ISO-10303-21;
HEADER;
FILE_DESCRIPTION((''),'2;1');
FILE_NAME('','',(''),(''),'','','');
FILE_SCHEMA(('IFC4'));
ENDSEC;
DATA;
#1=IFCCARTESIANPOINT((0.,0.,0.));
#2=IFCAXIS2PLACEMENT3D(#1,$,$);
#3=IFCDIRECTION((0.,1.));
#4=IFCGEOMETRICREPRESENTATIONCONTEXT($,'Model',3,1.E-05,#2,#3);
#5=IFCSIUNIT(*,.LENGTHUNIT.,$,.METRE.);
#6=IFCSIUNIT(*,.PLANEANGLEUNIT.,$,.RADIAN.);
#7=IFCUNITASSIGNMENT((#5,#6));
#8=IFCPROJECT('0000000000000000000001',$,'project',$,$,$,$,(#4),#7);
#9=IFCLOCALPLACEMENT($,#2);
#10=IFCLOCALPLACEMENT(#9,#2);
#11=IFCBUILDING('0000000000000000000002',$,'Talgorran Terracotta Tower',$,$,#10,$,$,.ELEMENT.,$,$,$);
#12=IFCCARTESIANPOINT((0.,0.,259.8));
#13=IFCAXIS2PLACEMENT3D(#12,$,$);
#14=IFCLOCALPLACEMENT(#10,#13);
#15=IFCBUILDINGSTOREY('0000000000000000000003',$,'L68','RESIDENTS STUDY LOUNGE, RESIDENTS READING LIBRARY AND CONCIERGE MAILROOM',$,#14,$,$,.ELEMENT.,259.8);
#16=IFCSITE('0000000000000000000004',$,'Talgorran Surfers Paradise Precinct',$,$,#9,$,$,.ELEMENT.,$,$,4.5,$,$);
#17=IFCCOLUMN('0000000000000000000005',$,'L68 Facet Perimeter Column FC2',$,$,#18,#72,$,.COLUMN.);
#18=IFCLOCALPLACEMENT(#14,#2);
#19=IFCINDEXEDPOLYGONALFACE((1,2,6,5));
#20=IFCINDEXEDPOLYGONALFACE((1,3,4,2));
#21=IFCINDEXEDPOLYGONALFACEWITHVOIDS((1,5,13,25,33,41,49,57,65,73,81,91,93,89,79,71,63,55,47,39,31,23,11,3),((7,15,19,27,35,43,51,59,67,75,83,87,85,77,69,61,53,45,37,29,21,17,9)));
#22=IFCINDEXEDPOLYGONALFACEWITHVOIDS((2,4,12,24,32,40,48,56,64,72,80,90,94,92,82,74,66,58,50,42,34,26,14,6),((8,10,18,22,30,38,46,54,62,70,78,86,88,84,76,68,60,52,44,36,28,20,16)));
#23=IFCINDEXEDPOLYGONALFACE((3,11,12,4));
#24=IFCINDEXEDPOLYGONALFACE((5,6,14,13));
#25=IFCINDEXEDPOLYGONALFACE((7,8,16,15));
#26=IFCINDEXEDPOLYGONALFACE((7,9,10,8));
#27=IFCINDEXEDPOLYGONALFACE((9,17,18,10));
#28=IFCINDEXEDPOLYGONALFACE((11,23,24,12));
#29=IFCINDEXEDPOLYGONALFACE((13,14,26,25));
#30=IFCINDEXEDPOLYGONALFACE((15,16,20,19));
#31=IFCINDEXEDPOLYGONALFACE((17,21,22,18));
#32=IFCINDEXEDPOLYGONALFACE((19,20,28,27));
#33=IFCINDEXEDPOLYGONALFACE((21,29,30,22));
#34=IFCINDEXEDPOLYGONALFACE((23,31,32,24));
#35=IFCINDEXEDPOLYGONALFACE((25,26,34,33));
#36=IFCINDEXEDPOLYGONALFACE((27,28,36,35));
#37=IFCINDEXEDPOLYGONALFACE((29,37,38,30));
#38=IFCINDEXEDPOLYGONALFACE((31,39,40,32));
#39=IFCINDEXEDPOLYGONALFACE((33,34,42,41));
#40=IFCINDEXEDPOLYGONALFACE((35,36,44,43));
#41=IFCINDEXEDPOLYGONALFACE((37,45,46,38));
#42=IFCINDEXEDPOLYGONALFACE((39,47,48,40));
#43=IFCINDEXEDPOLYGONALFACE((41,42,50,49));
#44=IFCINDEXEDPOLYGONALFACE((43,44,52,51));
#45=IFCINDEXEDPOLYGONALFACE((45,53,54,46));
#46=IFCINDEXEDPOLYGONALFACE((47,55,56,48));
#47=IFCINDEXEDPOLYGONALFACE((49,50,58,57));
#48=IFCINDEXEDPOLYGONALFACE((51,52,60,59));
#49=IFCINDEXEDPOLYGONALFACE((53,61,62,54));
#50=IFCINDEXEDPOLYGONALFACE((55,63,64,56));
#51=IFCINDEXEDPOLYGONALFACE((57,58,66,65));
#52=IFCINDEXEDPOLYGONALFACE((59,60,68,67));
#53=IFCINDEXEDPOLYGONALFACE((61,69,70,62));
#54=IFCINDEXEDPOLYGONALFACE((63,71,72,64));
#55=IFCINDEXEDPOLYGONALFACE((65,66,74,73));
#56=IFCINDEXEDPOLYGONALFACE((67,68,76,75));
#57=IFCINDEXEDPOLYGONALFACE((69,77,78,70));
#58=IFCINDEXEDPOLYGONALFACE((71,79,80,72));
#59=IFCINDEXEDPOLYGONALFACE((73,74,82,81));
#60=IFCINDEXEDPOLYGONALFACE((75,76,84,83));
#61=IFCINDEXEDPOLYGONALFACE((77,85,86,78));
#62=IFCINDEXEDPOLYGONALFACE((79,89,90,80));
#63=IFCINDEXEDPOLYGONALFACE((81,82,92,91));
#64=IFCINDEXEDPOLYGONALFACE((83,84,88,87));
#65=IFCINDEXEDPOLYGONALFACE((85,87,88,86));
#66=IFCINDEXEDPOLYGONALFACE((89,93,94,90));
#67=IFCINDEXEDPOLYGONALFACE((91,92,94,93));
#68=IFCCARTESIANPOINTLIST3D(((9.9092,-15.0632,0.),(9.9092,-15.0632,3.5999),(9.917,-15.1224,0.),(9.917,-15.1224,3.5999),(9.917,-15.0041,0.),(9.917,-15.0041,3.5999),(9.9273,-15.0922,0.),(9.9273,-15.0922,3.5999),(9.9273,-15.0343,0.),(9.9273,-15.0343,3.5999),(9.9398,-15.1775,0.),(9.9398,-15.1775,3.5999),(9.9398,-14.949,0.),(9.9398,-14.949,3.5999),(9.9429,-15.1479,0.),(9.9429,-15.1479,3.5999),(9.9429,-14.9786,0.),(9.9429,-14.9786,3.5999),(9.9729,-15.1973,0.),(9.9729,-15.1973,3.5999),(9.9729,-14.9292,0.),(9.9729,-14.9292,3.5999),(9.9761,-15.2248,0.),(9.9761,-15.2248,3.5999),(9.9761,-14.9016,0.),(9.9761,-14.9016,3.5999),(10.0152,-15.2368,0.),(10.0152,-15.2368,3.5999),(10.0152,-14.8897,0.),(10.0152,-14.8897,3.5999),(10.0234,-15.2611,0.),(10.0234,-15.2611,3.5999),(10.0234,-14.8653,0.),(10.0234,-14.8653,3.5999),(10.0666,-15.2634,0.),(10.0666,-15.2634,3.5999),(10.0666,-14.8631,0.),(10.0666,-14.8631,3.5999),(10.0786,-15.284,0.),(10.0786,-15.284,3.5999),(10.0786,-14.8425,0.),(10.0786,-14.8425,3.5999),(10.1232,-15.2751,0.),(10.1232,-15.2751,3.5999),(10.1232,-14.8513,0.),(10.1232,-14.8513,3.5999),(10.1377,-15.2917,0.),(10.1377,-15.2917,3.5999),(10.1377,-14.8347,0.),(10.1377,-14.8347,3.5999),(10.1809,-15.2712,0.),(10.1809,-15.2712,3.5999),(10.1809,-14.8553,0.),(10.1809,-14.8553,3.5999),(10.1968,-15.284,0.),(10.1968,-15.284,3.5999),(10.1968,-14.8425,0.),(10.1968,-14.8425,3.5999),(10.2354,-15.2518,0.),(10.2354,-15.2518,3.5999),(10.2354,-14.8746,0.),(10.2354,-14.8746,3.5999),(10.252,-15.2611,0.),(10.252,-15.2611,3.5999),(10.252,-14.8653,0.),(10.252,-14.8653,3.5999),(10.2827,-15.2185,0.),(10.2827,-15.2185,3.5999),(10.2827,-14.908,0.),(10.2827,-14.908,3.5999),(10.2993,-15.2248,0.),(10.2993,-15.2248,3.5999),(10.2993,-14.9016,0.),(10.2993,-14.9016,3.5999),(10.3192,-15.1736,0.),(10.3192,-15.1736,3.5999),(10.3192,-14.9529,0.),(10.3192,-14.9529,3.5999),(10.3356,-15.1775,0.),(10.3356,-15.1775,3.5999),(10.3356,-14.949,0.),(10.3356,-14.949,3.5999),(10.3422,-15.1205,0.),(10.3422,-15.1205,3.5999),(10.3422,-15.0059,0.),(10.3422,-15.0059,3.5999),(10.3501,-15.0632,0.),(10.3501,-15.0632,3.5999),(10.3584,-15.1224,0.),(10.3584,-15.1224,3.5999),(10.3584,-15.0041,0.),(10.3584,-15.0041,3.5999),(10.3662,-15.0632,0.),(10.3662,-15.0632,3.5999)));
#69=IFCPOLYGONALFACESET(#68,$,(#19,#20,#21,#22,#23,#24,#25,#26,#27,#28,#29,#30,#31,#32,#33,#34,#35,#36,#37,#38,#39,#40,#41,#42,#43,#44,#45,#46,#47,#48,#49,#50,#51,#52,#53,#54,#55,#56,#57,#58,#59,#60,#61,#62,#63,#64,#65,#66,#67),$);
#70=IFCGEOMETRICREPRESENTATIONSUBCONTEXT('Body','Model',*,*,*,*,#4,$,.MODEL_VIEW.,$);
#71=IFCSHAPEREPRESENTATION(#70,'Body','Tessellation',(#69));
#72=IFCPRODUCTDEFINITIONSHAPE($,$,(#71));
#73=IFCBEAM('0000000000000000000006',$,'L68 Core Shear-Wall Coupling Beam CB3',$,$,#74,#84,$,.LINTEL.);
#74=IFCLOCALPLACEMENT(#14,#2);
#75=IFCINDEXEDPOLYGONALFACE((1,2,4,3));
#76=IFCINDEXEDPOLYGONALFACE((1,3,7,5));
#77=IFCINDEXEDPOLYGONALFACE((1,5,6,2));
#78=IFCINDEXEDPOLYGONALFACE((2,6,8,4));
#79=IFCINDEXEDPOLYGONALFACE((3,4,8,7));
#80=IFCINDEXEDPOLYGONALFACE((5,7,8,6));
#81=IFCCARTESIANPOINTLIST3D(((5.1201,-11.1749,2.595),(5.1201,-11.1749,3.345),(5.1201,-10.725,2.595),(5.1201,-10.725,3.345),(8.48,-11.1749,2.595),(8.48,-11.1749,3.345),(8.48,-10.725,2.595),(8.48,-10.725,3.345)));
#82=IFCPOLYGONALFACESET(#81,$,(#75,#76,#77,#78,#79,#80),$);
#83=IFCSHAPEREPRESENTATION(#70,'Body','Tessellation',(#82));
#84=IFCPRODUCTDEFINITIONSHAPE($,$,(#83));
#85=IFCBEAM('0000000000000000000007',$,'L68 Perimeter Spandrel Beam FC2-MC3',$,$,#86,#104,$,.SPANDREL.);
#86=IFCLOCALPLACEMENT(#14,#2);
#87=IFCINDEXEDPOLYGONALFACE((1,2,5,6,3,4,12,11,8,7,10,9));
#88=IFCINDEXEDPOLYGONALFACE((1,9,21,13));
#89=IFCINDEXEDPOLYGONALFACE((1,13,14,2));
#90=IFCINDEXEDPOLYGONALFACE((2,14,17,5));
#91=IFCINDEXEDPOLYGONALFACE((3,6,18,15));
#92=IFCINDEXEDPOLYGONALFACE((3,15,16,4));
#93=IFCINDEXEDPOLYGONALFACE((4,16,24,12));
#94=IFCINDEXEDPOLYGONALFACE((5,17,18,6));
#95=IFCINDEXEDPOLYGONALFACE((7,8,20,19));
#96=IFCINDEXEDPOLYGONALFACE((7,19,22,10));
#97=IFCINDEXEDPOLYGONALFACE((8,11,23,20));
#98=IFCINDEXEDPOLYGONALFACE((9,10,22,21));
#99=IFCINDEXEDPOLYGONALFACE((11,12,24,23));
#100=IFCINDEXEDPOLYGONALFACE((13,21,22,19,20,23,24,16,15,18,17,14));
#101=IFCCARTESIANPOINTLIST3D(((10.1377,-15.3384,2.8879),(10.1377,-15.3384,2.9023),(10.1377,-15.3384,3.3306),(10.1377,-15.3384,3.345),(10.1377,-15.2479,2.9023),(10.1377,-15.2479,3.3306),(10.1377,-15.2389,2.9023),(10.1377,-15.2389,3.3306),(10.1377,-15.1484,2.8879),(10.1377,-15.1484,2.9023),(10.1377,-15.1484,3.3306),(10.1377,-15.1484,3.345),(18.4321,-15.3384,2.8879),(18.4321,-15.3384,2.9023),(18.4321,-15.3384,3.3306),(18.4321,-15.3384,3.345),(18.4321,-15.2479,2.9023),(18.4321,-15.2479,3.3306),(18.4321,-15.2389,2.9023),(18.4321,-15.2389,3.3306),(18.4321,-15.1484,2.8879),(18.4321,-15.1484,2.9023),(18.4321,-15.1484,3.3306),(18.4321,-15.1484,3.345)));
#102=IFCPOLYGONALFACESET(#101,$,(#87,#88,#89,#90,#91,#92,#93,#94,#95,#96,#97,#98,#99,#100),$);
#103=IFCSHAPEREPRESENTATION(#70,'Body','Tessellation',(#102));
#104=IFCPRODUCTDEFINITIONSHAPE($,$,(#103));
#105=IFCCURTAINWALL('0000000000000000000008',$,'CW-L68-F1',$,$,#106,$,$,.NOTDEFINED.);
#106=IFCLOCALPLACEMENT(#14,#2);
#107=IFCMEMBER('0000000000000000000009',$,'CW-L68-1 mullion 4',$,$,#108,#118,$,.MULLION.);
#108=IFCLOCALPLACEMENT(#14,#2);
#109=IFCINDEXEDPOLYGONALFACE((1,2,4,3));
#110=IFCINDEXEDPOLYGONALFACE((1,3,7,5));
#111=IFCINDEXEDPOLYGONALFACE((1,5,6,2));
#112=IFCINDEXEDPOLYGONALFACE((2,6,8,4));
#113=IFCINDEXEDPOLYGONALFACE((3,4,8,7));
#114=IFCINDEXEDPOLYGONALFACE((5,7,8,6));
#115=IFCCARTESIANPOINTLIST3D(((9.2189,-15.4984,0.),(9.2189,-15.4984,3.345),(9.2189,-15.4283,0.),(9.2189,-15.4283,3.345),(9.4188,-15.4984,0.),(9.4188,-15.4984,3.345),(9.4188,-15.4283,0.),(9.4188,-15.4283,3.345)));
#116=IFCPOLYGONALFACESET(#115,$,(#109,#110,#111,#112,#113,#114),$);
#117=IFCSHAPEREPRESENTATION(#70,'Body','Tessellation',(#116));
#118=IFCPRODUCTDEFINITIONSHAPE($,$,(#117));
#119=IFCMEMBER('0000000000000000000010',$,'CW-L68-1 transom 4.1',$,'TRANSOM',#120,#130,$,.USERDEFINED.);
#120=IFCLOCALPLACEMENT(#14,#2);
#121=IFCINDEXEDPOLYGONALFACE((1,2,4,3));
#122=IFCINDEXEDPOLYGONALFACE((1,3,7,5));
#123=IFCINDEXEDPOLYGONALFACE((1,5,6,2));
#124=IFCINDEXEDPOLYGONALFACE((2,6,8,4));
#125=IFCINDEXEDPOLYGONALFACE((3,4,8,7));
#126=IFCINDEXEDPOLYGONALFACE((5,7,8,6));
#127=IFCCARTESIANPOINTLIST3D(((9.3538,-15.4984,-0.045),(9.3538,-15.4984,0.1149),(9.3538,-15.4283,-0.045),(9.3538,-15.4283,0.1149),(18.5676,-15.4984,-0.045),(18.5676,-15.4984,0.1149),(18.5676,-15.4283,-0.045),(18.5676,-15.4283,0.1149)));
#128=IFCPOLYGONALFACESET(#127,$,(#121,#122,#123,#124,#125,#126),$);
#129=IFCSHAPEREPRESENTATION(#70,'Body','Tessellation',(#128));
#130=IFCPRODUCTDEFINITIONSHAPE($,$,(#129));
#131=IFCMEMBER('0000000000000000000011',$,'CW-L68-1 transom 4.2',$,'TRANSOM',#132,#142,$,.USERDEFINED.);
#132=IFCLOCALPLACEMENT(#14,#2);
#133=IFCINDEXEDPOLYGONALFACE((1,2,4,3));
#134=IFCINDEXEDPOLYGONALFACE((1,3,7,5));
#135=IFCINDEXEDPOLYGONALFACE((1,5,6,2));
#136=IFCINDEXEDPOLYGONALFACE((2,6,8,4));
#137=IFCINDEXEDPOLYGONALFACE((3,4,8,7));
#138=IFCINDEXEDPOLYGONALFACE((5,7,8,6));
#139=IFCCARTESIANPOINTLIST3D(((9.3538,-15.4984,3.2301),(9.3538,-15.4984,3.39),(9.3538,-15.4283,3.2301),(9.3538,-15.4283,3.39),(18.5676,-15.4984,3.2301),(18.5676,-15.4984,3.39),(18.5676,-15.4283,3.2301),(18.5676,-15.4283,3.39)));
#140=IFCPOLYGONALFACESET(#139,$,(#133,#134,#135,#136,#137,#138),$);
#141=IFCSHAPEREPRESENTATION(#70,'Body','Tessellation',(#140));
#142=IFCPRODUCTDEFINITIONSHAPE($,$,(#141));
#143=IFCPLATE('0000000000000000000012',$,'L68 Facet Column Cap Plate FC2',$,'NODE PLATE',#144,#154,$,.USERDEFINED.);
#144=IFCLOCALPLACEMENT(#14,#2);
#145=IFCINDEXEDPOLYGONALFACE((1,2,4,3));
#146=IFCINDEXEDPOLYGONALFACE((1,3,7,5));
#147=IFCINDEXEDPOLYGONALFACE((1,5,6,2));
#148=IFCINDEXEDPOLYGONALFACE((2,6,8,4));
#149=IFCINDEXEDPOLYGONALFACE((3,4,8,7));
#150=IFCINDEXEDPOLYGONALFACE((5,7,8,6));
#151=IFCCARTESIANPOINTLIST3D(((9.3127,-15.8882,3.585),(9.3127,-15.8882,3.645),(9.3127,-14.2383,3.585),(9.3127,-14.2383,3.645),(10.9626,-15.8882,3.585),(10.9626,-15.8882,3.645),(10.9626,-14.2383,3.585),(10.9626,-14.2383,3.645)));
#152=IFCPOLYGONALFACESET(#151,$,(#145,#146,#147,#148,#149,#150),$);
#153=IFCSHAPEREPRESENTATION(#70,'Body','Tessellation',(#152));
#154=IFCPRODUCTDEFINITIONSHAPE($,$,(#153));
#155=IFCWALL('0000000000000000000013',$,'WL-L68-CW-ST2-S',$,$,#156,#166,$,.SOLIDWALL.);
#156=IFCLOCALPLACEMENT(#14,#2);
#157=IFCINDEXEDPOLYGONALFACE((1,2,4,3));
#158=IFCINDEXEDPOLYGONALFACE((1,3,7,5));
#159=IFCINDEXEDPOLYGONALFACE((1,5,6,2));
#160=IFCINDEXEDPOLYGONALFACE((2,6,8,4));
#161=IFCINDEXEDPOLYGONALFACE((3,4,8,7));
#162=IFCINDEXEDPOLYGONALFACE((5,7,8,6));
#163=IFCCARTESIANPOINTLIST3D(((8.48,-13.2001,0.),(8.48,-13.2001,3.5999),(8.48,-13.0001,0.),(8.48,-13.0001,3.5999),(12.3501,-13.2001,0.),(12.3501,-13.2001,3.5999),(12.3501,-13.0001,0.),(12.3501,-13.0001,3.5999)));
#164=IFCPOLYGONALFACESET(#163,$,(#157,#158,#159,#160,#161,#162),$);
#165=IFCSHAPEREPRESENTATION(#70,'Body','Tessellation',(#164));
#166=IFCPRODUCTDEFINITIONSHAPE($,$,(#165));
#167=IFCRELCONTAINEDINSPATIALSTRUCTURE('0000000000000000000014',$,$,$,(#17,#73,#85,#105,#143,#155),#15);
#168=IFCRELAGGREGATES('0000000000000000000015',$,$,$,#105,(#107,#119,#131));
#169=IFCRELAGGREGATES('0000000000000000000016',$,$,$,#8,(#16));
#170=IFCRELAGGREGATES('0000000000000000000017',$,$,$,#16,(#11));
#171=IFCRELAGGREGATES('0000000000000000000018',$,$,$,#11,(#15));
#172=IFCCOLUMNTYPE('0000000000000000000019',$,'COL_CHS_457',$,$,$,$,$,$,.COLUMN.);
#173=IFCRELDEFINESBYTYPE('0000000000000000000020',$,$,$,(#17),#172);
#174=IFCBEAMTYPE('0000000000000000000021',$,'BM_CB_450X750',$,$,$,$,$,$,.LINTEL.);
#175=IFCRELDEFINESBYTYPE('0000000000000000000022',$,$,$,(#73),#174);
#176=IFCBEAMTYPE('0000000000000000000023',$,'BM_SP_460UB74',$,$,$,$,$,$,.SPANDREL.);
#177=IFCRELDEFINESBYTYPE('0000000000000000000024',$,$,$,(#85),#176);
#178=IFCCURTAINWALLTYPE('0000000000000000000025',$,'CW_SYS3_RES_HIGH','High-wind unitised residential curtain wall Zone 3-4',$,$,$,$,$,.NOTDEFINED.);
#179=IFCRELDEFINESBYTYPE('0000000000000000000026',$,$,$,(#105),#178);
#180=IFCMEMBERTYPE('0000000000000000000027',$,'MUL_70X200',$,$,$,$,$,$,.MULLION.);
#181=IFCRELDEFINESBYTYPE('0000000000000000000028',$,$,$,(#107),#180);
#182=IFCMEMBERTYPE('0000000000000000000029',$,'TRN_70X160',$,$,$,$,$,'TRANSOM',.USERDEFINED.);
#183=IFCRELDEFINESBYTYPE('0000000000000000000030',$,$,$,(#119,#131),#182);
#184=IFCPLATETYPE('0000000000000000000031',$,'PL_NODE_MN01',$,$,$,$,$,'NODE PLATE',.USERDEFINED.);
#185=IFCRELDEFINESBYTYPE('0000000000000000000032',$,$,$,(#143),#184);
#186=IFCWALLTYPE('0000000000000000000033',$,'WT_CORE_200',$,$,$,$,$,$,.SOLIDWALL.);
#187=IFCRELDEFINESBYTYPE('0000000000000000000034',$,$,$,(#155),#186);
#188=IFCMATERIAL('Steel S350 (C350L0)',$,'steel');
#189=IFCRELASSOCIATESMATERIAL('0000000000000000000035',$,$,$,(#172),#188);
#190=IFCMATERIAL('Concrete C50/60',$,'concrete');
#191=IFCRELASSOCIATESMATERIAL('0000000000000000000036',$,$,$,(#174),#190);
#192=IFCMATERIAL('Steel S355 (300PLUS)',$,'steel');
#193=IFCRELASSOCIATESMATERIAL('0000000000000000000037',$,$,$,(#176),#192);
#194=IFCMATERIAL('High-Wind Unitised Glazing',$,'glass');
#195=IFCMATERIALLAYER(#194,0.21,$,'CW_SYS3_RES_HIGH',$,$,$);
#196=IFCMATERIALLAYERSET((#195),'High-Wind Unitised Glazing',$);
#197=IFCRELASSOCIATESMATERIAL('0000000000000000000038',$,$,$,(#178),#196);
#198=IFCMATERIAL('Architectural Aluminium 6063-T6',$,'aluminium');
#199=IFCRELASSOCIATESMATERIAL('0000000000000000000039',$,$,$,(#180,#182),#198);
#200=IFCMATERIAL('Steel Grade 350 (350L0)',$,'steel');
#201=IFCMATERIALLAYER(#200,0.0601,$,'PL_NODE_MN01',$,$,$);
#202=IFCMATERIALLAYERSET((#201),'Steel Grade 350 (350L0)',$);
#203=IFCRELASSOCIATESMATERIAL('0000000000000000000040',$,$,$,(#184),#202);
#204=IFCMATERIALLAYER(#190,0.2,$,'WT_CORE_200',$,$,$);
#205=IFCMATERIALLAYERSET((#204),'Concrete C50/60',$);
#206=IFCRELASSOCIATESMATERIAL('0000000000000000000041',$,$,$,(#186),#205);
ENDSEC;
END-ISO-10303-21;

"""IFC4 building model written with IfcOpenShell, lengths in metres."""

from ifc_helpers import new_model, si_unit, direction, frame, frame_2d, origin, origin_2d, place, context, subcontext, project, spatial, rectangle, hollow_circle, i_section, extrude, material, layer, layer_set, material_profile, profile_set, type_object, element, aggregate, save


model = new_model("IFC4")

# Units and contexts
model_context = context("Model", 3, precision=1e-05, world=origin(), true_north=direction((0.0, 1.0)))
body_context = subcontext(model_context, "Body", "Model", "MODEL_VIEW")
ifc_project = project(units=[si_unit("LENGTHUNIT", "METRE"), si_unit("PLANEANGLEUNIT", "RADIAN")], contexts=[model_context])

# Site, building, storey
site_placement = place(None, origin())
site = spatial("IfcSite", under=ifc_project, at=site_placement, Name="Talgorran Surfers Paradise Precinct", CompositionType="ELEMENT", RefElevation=4.5)
building_placement = place(site_placement, origin())
building = spatial("IfcBuilding", under=site, at=building_placement, Name="Talgorran Terracotta Tower", CompositionType="ELEMENT")
storey_placement = place(building_placement, frame((0.0, 0.0, 259.8)))
storey = spatial("IfcBuildingStorey", under=building, at=storey_placement, Name="L68", Description="RESIDENTS STUDY LOUNGE, RESIDENTS READING LIBRARY AND CONCIERGE MAILROOM", CompositionType="ELEMENT", Elevation=259.8)

# Column
ifc_material_1 = material(Name="Steel S350 (C350L0)", Category="steel")
ifc_material_profile_1 = material_profile(ifc_material_1, hollow_circle(Radius=0.2285, WallThickness=0.0161, at=origin_2d()), Name="CHS457X16")
ifc_profile_set_1 = profile_set([ifc_material_profile_1], Name="Steel S350 (C350L0)")
column_type = type_object("IfcColumnType", Name="COL_CHS_457", PredefinedType="COLUMN", material=ifc_profile_set_1)
column_placement = place(storey_placement, frame((10.1377, -15.0632, 0.0), z_axis=(0.0, 0.0, 1.0), x_axis=(1.0, 0.0, 0.0)))
element("IfcColumn", 1, at=column_placement, inside=storey, type_object=column_type, Name="L68 Facet Perimeter Column FC2", PredefinedType="COLUMN", context=body_context, shape_type="SweptSolid", body=[
    extrude(hollow_circle(Radius=0.2285, WallThickness=0.0161, at=origin_2d()), origin(), (0.0, 0.0, 1.0), 3.5999),
])

# Beams
ifc_material_2 = material(Name="Concrete C50/60", Category="concrete")
ifc_material_profile_2 = material_profile(ifc_material_2, rectangle(XDim=0.45, YDim=0.75, at=origin_2d()), Name="RCCB450X750")
ifc_profile_set_2 = profile_set([ifc_material_profile_2], Name="Concrete C50/60")
beam_type_1 = type_object("IfcBeamType", Name="BM_CB_450X750", PredefinedType="LINTEL", material=ifc_profile_set_2)
beam_1_placement = place(storey_placement, frame((5.1201, -10.95, 2.97), z_axis=(1.0, 0.0, 0.0), x_axis=(0.0, 1.0, 0.0)))
element("IfcBeam", 2, at=beam_1_placement, inside=storey, type_object=beam_type_1, Name="L68 Core Shear-Wall Coupling Beam CB3", PredefinedType="LINTEL", context=body_context, shape_type="SweptSolid", body=[
    extrude(rectangle(XDim=0.45, YDim=0.75, at=origin_2d()), origin(), (0.0, 0.0, 1.0), 3.3599),
])
ifc_material_3 = material(Name="Steel S355 (300PLUS)", Category="steel")
ifc_material_profile_3 = material_profile(ifc_material_3, i_section(OverallWidth=0.1899, OverallDepth=0.457, WebThickness=0.009, FlangeThickness=0.0144, at=origin_2d()), Name="460UB74.6")
ifc_profile_set_3 = profile_set([ifc_material_profile_3], Name="Steel S355 (300PLUS)")
beam_type_2 = type_object("IfcBeamType", Name="BM_SP_460UB74", PredefinedType="SPANDREL", material=ifc_profile_set_3)
beam_2_placement = place(storey_placement, frame((10.1377, -15.2434, 3.1165), z_axis=(1.0, 0.0, 0.0), x_axis=(0.0, 1.0, 0.0)))
element("IfcBeam", 3, at=beam_2_placement, inside=storey, type_object=beam_type_2, Name="L68 Perimeter Spandrel Beam FC2-MC3", PredefinedType="SPANDREL", context=body_context, shape_type="SweptSolid", body=[
    extrude(i_section(OverallWidth=0.1899, OverallDepth=0.457, WebThickness=0.009, FlangeThickness=0.0144, at=origin_2d()), origin(), (0.0, 0.0, 1.0), 8.2944),
])

# Curtain wall, members
ifc_material_4 = material(Name="High-Wind Unitised Glazing", Category="glass")
ifc_layer_1 = layer(ifc_material_4, 0.21, Name="CW_SYS3_RES_HIGH")
ifc_layer_set_1 = layer_set([ifc_layer_1], Name="High-Wind Unitised Glazing")
curtain_wall_type = type_object("IfcCurtainWallType", Name="CW_SYS3_RES_HIGH", Description="High-wind unitised residential curtain wall Zone 3-4", PredefinedType="NOTDEFINED", material=ifc_layer_set_1)
curtain_wall_placement = place(storey_placement, origin())
curtain_wall = element("IfcCurtainWall", 4, at=curtain_wall_placement, inside=storey, type_object=curtain_wall_type, Name="CW-L68-F1", PredefinedType="NOTDEFINED")
ifc_material_5 = material(Name="Architectural Aluminium 6063-T6", Category="aluminium")
ifc_material_profile_4 = material_profile(ifc_material_5, rectangle(XDim=0.0701, YDim=0.2, at=origin_2d()), Name="CWM70X200")
ifc_profile_set_4 = profile_set([ifc_material_profile_4], Name="Architectural Aluminium 6063-T6")
member_type_1 = type_object("IfcMemberType", Name="MUL_70X200", PredefinedType="MULLION", material=ifc_profile_set_4)
member_1_placement = place(storey_placement, frame((9.3188, -15.4634, 0.0), z_axis=(0.0, 0.0, 1.0), x_axis=(0.0, 1.0, 0.0)))
member_1 = element("IfcMember", 5, at=member_1_placement, type_object=member_type_1, Name="CW-L68-1 mullion 4", PredefinedType="MULLION", context=body_context, shape_type="SweptSolid", body=[
    extrude(rectangle(XDim=0.0701, YDim=0.2, at=origin_2d()), origin(), (0.0, 0.0, 1.0), 3.345),
])
ifc_material_profile_5 = material_profile(ifc_material_5, rectangle(XDim=0.0701, YDim=0.1599, at=origin_2d()), Name="CWT70X160")
ifc_profile_set_5 = profile_set([ifc_material_profile_5], Name="Architectural Aluminium 6063-T6")
member_type_2 = type_object("IfcMemberType", Name="TRN_70X160", ElementType="TRANSOM", PredefinedType="USERDEFINED", material=ifc_profile_set_5)
member_2_placement = place(storey_placement, frame((9.3538, -15.4634, 0.0349), z_axis=(1.0, 0.0, 0.0), x_axis=(0.0, 1.0, 0.0)))
member_2 = element("IfcMember", 6, at=member_2_placement, type_object=member_type_2, Name="CW-L68-1 transom 4.1", ObjectType="TRANSOM", PredefinedType="USERDEFINED", context=body_context, shape_type="SweptSolid", body=[
    extrude(rectangle(XDim=0.0701, YDim=0.1599, at=origin_2d()), origin(), (0.0, 0.0, 1.0), 9.2139),
])
member_3_placement = place(storey_placement, frame((9.3538, -15.4634, 3.3101), z_axis=(1.0, 0.0, 0.0), x_axis=(0.0, 1.0, 0.0)))
member_3 = element("IfcMember", 7, at=member_3_placement, type_object=member_type_2, Name="CW-L68-1 transom 4.2", ObjectType="TRANSOM", PredefinedType="USERDEFINED", context=body_context, shape_type="SweptSolid", body=[
    extrude(rectangle(XDim=0.0701, YDim=0.1599, at=origin_2d()), origin(), (0.0, 0.0, 1.0), 9.2139),
])
aggregate(curtain_wall, [member_1, member_2, member_3])

# Plate
ifc_material_6 = material(Name="Steel Grade 350 (350L0)", Category="steel")
ifc_layer_2 = layer(ifc_material_6, 0.0601, Name="PL_NODE_MN01")
ifc_layer_set_2 = layer_set([ifc_layer_2], Name="Steel Grade 350 (350L0)")
plate_type = type_object("IfcPlateType", Name="PL_NODE_MN01", ElementType="NODE PLATE", PredefinedType="USERDEFINED", material=ifc_layer_set_2)
plate_placement = place(storey_placement, frame((10.1377, -15.0632, 3.585), z_axis=(0.0, 0.0, 1.0), x_axis=(1.0, 0.0, 0.0)))
element("IfcPlate", 8, at=plate_placement, inside=storey, type_object=plate_type, Name="L68 Facet Column Cap Plate FC2", ObjectType="NODE PLATE", PredefinedType="USERDEFINED", context=body_context, shape_type="SweptSolid", body=[
    extrude(rectangle(XDim=1.6499, YDim=1.6499, at=origin_2d()), origin(), (0.0, 0.0, 1.0), 0.0601),
])

# Wall
ifc_layer_3 = layer(ifc_material_2, 0.2, Name="WT_CORE_200")
ifc_layer_set_3 = layer_set([ifc_layer_3], Name="Concrete C50/60")
wall_type_1 = type_object("IfcWallType", Name="WT_CORE_200", PredefinedType="SOLIDWALL", material=ifc_layer_set_3)
wall_1_placement = place(storey_placement, frame((8.48, -13.1001, 0.0), z_axis=(0.0, 0.0, 1.0), x_axis=(1.0, 0.0, 0.0)))
element("IfcWall", 9, at=wall_1_placement, inside=storey, type_object=wall_type_1, Name="WL-L68-CW-ST2-S", PredefinedType="SOLIDWALL", context=body_context, shape_type="SweptSolid", body=[
    extrude(rectangle(XDim=3.8701, YDim=0.2, at=frame_2d((1.9351, 0.0))), origin(), (0.0, 0.0, 1.0), 3.5999),
])

save(model, "model.ifc")
